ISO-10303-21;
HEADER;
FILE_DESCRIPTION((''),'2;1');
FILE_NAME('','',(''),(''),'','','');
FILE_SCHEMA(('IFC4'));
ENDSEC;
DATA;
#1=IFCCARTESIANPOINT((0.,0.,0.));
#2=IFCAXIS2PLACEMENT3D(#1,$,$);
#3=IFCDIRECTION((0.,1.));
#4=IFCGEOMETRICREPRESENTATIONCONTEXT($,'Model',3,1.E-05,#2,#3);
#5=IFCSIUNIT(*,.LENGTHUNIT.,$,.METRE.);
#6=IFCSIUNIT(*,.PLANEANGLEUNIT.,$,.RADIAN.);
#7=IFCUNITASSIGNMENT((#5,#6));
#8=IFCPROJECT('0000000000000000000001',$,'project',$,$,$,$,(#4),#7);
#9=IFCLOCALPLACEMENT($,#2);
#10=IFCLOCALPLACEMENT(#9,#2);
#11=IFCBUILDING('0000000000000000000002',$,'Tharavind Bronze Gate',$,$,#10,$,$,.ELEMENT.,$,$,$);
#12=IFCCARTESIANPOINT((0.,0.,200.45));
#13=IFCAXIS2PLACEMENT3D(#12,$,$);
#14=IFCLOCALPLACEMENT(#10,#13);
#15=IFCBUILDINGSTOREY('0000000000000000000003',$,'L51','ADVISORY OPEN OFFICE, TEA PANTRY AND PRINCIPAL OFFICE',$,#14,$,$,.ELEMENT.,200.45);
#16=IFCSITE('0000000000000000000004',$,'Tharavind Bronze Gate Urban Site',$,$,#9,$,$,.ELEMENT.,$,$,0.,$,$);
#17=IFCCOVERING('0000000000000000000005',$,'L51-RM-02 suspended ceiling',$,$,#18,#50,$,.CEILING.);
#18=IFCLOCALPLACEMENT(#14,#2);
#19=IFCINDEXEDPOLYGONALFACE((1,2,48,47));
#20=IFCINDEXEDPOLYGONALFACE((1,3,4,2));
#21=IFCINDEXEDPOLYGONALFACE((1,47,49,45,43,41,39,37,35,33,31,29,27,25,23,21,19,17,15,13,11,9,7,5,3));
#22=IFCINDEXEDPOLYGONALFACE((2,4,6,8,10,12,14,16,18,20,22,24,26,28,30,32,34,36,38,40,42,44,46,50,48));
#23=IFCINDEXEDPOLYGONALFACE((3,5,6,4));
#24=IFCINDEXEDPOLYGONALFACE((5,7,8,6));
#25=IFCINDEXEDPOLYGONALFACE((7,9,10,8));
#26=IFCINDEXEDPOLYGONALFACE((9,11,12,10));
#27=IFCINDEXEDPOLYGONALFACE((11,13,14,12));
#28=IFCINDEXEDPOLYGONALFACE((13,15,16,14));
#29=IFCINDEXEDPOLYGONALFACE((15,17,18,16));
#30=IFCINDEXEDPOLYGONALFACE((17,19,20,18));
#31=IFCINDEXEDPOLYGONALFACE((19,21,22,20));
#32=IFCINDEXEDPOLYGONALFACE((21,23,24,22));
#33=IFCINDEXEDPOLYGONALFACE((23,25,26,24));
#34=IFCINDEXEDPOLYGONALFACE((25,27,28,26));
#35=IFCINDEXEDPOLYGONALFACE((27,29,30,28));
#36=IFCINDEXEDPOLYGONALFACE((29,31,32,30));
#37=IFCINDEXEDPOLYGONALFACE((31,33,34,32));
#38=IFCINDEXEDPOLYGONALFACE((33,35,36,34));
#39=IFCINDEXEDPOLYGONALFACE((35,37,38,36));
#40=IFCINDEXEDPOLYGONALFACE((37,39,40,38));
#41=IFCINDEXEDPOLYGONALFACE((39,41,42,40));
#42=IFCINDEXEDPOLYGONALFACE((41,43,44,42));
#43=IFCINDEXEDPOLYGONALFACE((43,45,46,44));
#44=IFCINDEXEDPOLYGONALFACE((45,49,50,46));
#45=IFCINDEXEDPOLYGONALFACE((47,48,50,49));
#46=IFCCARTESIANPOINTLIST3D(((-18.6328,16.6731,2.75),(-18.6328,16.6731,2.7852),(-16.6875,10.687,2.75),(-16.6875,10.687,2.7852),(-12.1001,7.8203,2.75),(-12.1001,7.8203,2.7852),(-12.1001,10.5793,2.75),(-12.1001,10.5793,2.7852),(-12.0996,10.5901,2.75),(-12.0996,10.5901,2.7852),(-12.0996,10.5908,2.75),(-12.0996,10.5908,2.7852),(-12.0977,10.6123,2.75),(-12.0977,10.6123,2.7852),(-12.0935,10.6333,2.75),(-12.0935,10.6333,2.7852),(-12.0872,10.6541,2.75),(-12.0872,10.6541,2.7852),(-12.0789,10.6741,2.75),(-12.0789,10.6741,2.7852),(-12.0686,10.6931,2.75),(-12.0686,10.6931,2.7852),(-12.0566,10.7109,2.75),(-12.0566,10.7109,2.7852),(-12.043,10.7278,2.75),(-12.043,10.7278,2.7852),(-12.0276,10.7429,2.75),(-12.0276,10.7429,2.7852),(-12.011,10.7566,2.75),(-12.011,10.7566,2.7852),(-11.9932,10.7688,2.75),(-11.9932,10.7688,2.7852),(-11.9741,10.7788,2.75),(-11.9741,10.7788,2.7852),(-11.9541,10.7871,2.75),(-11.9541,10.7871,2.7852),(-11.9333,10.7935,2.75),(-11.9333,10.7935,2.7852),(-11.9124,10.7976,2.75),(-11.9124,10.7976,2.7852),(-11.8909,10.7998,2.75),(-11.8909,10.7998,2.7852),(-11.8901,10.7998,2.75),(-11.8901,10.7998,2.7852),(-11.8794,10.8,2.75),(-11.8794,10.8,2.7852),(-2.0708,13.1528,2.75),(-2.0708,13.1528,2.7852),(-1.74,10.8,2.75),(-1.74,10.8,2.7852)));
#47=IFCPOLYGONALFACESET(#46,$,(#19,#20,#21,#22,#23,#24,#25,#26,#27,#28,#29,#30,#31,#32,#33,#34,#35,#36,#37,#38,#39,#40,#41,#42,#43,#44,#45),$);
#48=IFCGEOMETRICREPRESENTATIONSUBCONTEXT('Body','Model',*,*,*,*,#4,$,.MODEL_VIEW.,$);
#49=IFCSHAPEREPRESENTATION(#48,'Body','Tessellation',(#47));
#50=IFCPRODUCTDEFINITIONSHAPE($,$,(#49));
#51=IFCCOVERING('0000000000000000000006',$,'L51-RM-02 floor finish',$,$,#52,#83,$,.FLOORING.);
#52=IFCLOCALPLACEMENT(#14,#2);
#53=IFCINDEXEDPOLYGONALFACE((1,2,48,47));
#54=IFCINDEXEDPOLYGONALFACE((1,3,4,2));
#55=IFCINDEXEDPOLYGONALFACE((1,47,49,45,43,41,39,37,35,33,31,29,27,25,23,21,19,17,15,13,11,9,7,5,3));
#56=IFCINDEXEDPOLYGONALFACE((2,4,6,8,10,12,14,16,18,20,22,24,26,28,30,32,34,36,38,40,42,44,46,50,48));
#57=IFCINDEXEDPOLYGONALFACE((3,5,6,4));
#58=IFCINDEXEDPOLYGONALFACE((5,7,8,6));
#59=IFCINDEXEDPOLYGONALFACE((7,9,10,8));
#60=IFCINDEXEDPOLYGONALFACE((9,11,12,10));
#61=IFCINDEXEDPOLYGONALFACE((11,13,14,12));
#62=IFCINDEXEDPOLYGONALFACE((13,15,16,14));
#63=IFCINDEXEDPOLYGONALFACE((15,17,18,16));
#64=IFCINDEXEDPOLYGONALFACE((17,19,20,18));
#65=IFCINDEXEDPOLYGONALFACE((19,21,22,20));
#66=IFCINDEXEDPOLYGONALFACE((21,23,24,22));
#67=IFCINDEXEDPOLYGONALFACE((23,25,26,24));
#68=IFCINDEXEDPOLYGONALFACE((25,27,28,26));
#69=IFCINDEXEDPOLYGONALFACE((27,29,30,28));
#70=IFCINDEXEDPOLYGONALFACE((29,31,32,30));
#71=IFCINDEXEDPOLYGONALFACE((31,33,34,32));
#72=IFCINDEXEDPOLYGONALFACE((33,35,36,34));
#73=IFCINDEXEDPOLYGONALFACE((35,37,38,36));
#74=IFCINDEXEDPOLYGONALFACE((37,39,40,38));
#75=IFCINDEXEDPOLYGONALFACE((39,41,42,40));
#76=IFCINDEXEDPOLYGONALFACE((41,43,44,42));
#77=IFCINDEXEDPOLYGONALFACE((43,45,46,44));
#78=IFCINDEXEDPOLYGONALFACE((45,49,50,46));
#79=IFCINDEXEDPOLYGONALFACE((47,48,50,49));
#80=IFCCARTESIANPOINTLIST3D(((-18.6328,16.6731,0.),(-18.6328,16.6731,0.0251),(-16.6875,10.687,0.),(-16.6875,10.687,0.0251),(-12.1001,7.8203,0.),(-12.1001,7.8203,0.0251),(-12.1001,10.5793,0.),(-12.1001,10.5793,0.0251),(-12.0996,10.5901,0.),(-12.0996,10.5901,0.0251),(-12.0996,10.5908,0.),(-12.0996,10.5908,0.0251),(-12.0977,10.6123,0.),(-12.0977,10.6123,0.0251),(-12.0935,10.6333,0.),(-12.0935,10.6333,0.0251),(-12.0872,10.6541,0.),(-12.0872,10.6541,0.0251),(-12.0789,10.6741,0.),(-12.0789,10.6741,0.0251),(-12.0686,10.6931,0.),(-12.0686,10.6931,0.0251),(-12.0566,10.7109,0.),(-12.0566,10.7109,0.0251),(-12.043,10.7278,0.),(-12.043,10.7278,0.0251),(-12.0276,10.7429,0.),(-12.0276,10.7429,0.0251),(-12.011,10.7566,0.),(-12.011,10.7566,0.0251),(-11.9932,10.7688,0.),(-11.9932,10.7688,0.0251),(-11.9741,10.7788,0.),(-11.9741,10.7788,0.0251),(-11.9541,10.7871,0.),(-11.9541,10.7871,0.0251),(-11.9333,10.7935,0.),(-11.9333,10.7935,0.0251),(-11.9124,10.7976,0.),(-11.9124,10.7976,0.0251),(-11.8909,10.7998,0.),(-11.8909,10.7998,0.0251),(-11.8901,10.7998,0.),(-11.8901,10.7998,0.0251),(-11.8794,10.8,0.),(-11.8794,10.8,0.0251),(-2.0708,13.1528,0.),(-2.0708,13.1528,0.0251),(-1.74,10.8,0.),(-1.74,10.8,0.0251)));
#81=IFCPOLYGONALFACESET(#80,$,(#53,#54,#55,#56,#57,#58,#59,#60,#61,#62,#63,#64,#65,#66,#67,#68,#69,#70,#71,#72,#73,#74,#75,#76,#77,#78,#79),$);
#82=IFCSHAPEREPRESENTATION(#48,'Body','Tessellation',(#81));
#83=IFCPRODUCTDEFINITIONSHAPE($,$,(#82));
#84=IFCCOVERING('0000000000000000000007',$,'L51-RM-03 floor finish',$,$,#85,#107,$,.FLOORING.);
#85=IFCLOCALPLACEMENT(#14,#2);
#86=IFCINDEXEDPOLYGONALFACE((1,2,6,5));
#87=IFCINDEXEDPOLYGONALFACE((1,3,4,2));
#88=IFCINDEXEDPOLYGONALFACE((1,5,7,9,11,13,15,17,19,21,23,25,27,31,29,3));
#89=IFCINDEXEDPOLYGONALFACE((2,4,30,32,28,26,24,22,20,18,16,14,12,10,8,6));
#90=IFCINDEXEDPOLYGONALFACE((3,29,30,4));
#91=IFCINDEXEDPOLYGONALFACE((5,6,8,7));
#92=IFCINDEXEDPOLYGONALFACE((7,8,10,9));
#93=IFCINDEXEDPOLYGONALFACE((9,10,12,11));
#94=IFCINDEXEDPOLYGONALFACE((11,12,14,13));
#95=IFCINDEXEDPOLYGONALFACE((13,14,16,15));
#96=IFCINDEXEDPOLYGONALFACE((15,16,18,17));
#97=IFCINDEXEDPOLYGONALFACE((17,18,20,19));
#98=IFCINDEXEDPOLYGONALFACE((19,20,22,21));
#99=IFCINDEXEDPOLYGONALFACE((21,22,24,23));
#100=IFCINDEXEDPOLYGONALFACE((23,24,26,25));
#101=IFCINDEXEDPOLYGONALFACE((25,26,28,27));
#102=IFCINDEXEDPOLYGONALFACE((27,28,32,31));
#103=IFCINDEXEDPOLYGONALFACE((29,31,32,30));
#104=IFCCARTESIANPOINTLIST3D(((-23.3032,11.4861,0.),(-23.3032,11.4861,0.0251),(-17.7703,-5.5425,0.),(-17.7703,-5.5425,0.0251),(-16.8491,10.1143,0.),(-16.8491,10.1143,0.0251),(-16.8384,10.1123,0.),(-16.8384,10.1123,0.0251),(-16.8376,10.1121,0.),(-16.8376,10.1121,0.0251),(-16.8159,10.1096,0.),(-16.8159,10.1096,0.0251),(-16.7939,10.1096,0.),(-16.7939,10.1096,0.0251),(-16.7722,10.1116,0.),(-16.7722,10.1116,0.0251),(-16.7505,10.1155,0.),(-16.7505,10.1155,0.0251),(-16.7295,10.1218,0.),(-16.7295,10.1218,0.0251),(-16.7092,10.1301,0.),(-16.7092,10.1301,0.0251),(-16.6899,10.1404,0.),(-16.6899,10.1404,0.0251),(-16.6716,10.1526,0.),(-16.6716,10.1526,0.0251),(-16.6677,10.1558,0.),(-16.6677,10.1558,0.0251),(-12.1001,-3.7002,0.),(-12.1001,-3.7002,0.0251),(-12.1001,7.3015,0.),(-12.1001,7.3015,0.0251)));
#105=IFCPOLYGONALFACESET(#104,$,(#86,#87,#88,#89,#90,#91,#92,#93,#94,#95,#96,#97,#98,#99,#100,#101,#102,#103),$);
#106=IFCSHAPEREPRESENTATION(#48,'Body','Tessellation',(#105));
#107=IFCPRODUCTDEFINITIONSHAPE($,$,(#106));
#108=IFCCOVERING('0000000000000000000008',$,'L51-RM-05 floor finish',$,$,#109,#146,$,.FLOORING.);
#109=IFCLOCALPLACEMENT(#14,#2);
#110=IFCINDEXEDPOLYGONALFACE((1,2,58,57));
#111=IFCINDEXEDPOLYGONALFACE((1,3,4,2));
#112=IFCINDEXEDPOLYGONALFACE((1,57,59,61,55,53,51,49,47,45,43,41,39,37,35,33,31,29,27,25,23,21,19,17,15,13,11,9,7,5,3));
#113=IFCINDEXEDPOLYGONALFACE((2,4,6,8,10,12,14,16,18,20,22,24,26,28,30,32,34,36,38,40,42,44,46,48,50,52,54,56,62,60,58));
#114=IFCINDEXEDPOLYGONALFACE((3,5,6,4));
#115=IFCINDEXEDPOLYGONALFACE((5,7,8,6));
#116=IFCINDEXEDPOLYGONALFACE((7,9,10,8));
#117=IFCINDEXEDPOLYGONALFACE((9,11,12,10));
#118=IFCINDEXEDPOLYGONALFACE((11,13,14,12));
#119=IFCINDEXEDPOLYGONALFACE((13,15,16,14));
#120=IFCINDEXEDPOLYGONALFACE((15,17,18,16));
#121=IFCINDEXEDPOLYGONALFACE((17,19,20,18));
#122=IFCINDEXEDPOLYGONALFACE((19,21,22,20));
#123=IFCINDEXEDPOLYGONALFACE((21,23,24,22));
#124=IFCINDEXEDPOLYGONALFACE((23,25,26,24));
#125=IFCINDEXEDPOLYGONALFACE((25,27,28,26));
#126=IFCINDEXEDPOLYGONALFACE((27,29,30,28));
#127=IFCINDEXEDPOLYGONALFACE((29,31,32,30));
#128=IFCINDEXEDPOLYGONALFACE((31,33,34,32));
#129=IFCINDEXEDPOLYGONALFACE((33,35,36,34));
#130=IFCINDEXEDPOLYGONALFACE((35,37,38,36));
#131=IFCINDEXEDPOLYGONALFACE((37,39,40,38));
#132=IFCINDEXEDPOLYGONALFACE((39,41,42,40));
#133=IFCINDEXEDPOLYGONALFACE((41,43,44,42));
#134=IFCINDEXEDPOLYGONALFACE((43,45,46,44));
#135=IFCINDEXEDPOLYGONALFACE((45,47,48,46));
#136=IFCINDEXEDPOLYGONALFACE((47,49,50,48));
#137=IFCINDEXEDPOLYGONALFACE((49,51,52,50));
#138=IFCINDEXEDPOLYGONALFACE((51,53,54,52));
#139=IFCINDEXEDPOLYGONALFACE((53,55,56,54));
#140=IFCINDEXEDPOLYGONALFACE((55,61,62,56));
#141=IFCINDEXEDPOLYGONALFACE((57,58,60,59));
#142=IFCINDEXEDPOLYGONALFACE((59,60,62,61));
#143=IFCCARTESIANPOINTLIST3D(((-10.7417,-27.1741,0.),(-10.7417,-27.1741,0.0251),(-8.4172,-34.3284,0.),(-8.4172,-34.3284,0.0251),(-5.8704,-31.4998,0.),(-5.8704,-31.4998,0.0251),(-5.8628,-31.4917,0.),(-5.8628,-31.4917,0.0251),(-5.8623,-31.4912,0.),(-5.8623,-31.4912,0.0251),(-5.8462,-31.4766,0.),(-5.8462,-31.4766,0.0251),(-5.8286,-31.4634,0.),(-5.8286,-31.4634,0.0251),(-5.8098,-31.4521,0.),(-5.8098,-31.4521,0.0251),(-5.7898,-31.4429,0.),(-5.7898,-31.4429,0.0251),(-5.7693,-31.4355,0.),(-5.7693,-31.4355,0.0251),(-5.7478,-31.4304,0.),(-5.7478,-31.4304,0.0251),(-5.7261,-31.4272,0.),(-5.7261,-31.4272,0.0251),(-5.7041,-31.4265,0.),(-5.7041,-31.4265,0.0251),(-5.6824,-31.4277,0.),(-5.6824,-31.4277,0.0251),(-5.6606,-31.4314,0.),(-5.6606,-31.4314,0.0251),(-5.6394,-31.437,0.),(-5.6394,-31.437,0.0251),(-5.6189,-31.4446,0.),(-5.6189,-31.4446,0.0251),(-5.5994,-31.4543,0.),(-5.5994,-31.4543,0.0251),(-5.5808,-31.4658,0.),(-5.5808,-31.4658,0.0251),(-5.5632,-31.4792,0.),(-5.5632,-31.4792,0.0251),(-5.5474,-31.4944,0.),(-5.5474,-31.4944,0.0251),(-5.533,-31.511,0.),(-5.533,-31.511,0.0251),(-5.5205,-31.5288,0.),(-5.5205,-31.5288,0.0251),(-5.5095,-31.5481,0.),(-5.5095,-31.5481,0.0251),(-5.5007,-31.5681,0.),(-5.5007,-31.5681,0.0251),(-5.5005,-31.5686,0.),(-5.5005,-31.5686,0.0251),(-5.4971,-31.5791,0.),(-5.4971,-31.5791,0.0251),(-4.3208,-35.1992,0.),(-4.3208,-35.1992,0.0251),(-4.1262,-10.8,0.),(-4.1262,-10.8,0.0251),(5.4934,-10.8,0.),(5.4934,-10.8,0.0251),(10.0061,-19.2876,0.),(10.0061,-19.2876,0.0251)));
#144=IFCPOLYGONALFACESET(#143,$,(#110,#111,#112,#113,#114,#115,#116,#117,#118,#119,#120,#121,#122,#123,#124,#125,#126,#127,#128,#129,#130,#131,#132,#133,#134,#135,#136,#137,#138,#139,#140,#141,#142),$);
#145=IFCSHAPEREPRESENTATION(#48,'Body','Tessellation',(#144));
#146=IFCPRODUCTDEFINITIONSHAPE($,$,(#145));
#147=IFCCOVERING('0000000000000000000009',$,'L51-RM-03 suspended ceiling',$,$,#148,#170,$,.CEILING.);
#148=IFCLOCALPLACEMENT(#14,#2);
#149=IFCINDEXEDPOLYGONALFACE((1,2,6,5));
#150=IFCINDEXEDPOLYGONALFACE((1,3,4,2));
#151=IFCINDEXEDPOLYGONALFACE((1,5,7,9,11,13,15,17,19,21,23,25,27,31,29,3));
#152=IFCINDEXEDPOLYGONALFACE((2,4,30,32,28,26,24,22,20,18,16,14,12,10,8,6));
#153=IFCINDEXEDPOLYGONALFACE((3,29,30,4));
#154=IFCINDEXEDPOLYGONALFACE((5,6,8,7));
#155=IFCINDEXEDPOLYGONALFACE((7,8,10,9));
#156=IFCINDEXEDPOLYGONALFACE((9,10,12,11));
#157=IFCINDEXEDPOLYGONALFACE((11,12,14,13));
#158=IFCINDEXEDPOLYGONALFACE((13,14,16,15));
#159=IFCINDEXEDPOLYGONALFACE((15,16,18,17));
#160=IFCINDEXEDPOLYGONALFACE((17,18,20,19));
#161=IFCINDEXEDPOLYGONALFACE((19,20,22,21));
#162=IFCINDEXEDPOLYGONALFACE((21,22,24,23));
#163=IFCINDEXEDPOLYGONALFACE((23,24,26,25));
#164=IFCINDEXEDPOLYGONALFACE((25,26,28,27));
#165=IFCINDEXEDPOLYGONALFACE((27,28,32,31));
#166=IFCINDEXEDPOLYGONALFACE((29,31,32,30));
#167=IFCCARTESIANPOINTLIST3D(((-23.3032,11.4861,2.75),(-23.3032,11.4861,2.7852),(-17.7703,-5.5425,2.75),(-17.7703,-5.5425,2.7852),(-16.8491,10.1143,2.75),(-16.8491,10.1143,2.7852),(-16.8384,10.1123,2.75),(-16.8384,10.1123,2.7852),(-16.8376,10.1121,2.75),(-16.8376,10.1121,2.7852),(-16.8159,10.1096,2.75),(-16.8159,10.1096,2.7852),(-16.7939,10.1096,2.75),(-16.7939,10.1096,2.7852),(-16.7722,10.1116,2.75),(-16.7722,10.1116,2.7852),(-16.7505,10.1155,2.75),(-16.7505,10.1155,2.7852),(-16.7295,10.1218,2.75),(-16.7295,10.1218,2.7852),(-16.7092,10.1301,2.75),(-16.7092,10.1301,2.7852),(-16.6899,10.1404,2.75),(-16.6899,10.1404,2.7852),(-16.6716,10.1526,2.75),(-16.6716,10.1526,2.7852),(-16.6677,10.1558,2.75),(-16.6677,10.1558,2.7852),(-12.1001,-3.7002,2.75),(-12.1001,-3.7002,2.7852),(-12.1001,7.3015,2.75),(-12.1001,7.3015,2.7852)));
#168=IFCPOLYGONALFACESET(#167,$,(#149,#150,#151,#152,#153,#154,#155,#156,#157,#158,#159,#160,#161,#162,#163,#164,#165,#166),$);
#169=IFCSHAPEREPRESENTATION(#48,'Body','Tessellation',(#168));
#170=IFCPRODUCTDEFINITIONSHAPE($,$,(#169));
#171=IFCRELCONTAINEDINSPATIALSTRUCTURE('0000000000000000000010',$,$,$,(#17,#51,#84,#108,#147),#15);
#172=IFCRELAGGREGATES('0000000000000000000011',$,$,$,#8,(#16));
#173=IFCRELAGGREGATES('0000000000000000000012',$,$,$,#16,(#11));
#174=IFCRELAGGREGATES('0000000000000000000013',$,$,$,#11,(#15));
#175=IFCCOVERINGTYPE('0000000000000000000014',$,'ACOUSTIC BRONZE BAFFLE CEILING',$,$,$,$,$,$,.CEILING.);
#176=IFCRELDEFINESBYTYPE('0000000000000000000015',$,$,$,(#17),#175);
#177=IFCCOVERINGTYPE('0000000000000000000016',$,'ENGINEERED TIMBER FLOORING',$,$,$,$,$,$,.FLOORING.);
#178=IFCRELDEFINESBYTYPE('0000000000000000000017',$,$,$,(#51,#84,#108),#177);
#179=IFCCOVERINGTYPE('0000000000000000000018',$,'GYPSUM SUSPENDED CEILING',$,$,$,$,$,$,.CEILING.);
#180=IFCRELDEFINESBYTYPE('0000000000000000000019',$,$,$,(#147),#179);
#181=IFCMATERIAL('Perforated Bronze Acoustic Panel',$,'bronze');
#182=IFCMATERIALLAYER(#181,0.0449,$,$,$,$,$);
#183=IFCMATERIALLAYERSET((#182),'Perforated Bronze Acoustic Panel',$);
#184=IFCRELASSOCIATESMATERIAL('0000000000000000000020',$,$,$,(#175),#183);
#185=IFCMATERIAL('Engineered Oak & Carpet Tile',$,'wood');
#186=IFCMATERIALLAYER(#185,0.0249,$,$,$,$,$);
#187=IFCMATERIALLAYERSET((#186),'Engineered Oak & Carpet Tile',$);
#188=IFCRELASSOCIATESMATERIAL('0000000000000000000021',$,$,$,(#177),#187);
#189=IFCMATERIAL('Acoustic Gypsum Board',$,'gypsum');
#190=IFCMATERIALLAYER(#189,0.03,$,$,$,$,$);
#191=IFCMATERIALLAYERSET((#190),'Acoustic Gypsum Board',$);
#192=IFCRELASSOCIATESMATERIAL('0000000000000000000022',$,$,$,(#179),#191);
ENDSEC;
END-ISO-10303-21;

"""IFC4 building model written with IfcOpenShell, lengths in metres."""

from ifc_helpers import new_model, si_unit, direction, frame, origin, place, context, subcontext, project, spatial, polyline, outline, extrude, material, layer, layer_set, type_object, element, save


model = new_model("IFC4")

# Units and contexts
model_context = context("Model", 3, precision=1e-05, world=origin(), true_north=direction((0.0, 1.0)))
body_context = subcontext(model_context, "Body", "Model", "MODEL_VIEW")
ifc_project = project(units=[si_unit("LENGTHUNIT", "METRE"), si_unit("PLANEANGLEUNIT", "RADIAN")], contexts=[model_context])

# Site, building, storey
site_placement = place(None, origin())
site = spatial("IfcSite", under=ifc_project, at=site_placement, Name="Tharavind Bronze Gate Urban Site", CompositionType="ELEMENT", RefElevation=0.0)
building_placement = place(site_placement, origin())
building = spatial("IfcBuilding", under=site, at=building_placement, Name="Tharavind Bronze Gate", CompositionType="ELEMENT")
storey_placement = place(building_placement, frame((0.0, 0.0, 200.45)))
storey = spatial("IfcBuildingStorey", under=building, at=storey_placement, Name="L51", Description="ADVISORY OPEN OFFICE, TEA PANTRY AND PRINCIPAL OFFICE", CompositionType="ELEMENT", Elevation=200.45)

# Coverings
ifc_material_1 = material(Name="Perforated Bronze Acoustic Panel", Category="bronze")
ifc_layer_1 = layer(ifc_material_1, 0.0449)
ifc_layer_set_1 = layer_set([ifc_layer_1], Name="Perforated Bronze Acoustic Panel")
covering_type_1 = type_object("IfcCoveringType", Name="ACOUSTIC BRONZE BAFFLE CEILING", PredefinedType="CEILING", material=ifc_layer_set_1)
covering_1_placement = place(storey_placement, frame((0.0, 0.0, 2.75)))
element("IfcCovering", 1, at=covering_1_placement, inside=storey, type_object=covering_type_1, Name="L51-RM-02 suspended ceiling", PredefinedType="CEILING", context=body_context, shape_type="SweptSolid", body=[
    extrude(outline(polyline([(-16.6875, 10.687), (-12.1001, 7.8203), (-12.1001, 10.5793), (-12.0996, 10.5901), (-12.0996, 10.5908), (-12.0977, 10.6123), (-12.0935, 10.6333), (-12.0872, 10.6541), (-12.0789, 10.6741), (-12.0686, 10.6931), (-12.0566, 10.7109), (-12.043, 10.7278), (-12.0276, 10.7429), (-12.011, 10.7566), (-11.9932, 10.7688), (-11.9741, 10.7788), (-11.9541, 10.7871), (-11.9333, 10.7935), (-11.9124, 10.7976), (-11.8909, 10.7998), (-11.8901, 10.7998), (-11.8794, 10.8), (-1.74, 10.8), (-2.0708, 13.1528), (-18.6328, 16.6731), (-16.6875, 10.687)])), origin(), (0.0, 0.0, 1.0), 0.0352),
])
ifc_material_2 = material(Name="Engineered Oak & Carpet Tile", Category="wood")
ifc_layer_2 = layer(ifc_material_2, 0.0249)
ifc_layer_set_2 = layer_set([ifc_layer_2], Name="Engineered Oak & Carpet Tile")
covering_type_2 = type_object("IfcCoveringType", Name="ENGINEERED TIMBER FLOORING", PredefinedType="FLOORING", material=ifc_layer_set_2)
covering_2_placement = place(storey_placement, origin())
element("IfcCovering", 2, at=covering_2_placement, inside=storey, type_object=covering_type_2, Name="L51-RM-02 floor finish", PredefinedType="FLOORING", context=body_context, shape_type="SweptSolid", body=[
    extrude(outline(polyline([(-16.6875, 10.687), (-12.1001, 7.8203), (-12.1001, 10.5793), (-12.0996, 10.5901), (-12.0996, 10.5908), (-12.0977, 10.6123), (-12.0935, 10.6333), (-12.0872, 10.6541), (-12.0789, 10.6741), (-12.0686, 10.6931), (-12.0566, 10.7109), (-12.043, 10.7278), (-12.0276, 10.7429), (-12.011, 10.7566), (-11.9932, 10.7688), (-11.9741, 10.7788), (-11.9541, 10.7871), (-11.9333, 10.7935), (-11.9124, 10.7976), (-11.8909, 10.7998), (-11.8901, 10.7998), (-11.8794, 10.8), (-1.74, 10.8), (-2.0708, 13.1528), (-18.6328, 16.6731), (-16.6875, 10.687)])), origin(), (0.0, 0.0, 1.0), 0.0251),
])
covering_3_placement = place(storey_placement, origin())
element("IfcCovering", 3, at=covering_3_placement, inside=storey, type_object=covering_type_2, Name="L51-RM-03 floor finish", PredefinedType="FLOORING", context=body_context, shape_type="SweptSolid", body=[
    extrude(outline(polyline([(-17.7703, -5.5425), (-12.1001, -3.7002), (-12.1001, 7.3015), (-16.6677, 10.1558), (-16.6716, 10.1526), (-16.6899, 10.1404), (-16.7092, 10.1301), (-16.7295, 10.1218), (-16.7505, 10.1155), (-16.7722, 10.1116), (-16.7939, 10.1096), (-16.8159, 10.1096), (-16.8376, 10.1121), (-16.8384, 10.1123), (-16.8491, 10.1143), (-23.3032, 11.4861), (-17.7703, -5.5425)])), origin(), (0.0, 0.0, 1.0), 0.0251),
])
covering_4_placement = place(storey_placement, origin())
element("IfcCovering", 4, at=covering_4_placement, inside=storey, type_object=covering_type_2, Name="L51-RM-05 floor finish", PredefinedType="FLOORING", context=body_context, shape_type="SweptSolid", body=[
    extrude(outline(polyline([(-8.4172, -34.3284), (-5.8704, -31.4998), (-5.8628, -31.4917), (-5.8623, -31.4912), (-5.8462, -31.4766), (-5.8286, -31.4634), (-5.8098, -31.4521), (-5.7898, -31.4429), (-5.7693, -31.4355), (-5.7478, -31.4304), (-5.7261, -31.4272), (-5.7041, -31.4265), (-5.6824, -31.4277), (-5.6606, -31.4314), (-5.6394, -31.437), (-5.6189, -31.4446), (-5.5994, -31.4543), (-5.5808, -31.4658), (-5.5632, -31.4792), (-5.5474, -31.4944), (-5.533, -31.511), (-5.5205, -31.5288), (-5.5095, -31.5481), (-5.5007, -31.5681), (-5.5005, -31.5686), (-5.4971, -31.5791), (-4.3208, -35.1992), (10.0061, -19.2876), (5.4934, -10.8), (-4.1262, -10.8), (-10.7417, -27.1741), (-8.4172, -34.3284)])), origin(), (0.0, 0.0, 1.0), 0.0251),
])
ifc_material_3 = material(Name="Acoustic Gypsum Board", Category="gypsum")
ifc_layer_3 = layer(ifc_material_3, 0.03)
ifc_layer_set_3 = layer_set([ifc_layer_3], Name="Acoustic Gypsum Board")
covering_type_3 = type_object("IfcCoveringType", Name="GYPSUM SUSPENDED CEILING", PredefinedType="CEILING", material=ifc_layer_set_3)
covering_5_placement = place(storey_placement, frame((0.0, 0.0, 2.75)))
element("IfcCovering", 5, at=covering_5_placement, inside=storey, type_object=covering_type_3, Name="L51-RM-03 suspended ceiling", PredefinedType="CEILING", context=body_context, shape_type="SweptSolid", body=[
    extrude(outline(polyline([(-17.7703, -5.5425), (-12.1001, -3.7002), (-12.1001, 7.3015), (-16.6677, 10.1558), (-16.6716, 10.1526), (-16.6899, 10.1404), (-16.7092, 10.1301), (-16.7295, 10.1218), (-16.7505, 10.1155), (-16.7722, 10.1116), (-16.7939, 10.1096), (-16.8159, 10.1096), (-16.8376, 10.1121), (-16.8384, 10.1123), (-16.8491, 10.1143), (-23.3032, 11.4861), (-17.7703, -5.5425)])), origin(), (0.0, 0.0, 1.0), 0.0352),
])

save(model, "model.ifc")
